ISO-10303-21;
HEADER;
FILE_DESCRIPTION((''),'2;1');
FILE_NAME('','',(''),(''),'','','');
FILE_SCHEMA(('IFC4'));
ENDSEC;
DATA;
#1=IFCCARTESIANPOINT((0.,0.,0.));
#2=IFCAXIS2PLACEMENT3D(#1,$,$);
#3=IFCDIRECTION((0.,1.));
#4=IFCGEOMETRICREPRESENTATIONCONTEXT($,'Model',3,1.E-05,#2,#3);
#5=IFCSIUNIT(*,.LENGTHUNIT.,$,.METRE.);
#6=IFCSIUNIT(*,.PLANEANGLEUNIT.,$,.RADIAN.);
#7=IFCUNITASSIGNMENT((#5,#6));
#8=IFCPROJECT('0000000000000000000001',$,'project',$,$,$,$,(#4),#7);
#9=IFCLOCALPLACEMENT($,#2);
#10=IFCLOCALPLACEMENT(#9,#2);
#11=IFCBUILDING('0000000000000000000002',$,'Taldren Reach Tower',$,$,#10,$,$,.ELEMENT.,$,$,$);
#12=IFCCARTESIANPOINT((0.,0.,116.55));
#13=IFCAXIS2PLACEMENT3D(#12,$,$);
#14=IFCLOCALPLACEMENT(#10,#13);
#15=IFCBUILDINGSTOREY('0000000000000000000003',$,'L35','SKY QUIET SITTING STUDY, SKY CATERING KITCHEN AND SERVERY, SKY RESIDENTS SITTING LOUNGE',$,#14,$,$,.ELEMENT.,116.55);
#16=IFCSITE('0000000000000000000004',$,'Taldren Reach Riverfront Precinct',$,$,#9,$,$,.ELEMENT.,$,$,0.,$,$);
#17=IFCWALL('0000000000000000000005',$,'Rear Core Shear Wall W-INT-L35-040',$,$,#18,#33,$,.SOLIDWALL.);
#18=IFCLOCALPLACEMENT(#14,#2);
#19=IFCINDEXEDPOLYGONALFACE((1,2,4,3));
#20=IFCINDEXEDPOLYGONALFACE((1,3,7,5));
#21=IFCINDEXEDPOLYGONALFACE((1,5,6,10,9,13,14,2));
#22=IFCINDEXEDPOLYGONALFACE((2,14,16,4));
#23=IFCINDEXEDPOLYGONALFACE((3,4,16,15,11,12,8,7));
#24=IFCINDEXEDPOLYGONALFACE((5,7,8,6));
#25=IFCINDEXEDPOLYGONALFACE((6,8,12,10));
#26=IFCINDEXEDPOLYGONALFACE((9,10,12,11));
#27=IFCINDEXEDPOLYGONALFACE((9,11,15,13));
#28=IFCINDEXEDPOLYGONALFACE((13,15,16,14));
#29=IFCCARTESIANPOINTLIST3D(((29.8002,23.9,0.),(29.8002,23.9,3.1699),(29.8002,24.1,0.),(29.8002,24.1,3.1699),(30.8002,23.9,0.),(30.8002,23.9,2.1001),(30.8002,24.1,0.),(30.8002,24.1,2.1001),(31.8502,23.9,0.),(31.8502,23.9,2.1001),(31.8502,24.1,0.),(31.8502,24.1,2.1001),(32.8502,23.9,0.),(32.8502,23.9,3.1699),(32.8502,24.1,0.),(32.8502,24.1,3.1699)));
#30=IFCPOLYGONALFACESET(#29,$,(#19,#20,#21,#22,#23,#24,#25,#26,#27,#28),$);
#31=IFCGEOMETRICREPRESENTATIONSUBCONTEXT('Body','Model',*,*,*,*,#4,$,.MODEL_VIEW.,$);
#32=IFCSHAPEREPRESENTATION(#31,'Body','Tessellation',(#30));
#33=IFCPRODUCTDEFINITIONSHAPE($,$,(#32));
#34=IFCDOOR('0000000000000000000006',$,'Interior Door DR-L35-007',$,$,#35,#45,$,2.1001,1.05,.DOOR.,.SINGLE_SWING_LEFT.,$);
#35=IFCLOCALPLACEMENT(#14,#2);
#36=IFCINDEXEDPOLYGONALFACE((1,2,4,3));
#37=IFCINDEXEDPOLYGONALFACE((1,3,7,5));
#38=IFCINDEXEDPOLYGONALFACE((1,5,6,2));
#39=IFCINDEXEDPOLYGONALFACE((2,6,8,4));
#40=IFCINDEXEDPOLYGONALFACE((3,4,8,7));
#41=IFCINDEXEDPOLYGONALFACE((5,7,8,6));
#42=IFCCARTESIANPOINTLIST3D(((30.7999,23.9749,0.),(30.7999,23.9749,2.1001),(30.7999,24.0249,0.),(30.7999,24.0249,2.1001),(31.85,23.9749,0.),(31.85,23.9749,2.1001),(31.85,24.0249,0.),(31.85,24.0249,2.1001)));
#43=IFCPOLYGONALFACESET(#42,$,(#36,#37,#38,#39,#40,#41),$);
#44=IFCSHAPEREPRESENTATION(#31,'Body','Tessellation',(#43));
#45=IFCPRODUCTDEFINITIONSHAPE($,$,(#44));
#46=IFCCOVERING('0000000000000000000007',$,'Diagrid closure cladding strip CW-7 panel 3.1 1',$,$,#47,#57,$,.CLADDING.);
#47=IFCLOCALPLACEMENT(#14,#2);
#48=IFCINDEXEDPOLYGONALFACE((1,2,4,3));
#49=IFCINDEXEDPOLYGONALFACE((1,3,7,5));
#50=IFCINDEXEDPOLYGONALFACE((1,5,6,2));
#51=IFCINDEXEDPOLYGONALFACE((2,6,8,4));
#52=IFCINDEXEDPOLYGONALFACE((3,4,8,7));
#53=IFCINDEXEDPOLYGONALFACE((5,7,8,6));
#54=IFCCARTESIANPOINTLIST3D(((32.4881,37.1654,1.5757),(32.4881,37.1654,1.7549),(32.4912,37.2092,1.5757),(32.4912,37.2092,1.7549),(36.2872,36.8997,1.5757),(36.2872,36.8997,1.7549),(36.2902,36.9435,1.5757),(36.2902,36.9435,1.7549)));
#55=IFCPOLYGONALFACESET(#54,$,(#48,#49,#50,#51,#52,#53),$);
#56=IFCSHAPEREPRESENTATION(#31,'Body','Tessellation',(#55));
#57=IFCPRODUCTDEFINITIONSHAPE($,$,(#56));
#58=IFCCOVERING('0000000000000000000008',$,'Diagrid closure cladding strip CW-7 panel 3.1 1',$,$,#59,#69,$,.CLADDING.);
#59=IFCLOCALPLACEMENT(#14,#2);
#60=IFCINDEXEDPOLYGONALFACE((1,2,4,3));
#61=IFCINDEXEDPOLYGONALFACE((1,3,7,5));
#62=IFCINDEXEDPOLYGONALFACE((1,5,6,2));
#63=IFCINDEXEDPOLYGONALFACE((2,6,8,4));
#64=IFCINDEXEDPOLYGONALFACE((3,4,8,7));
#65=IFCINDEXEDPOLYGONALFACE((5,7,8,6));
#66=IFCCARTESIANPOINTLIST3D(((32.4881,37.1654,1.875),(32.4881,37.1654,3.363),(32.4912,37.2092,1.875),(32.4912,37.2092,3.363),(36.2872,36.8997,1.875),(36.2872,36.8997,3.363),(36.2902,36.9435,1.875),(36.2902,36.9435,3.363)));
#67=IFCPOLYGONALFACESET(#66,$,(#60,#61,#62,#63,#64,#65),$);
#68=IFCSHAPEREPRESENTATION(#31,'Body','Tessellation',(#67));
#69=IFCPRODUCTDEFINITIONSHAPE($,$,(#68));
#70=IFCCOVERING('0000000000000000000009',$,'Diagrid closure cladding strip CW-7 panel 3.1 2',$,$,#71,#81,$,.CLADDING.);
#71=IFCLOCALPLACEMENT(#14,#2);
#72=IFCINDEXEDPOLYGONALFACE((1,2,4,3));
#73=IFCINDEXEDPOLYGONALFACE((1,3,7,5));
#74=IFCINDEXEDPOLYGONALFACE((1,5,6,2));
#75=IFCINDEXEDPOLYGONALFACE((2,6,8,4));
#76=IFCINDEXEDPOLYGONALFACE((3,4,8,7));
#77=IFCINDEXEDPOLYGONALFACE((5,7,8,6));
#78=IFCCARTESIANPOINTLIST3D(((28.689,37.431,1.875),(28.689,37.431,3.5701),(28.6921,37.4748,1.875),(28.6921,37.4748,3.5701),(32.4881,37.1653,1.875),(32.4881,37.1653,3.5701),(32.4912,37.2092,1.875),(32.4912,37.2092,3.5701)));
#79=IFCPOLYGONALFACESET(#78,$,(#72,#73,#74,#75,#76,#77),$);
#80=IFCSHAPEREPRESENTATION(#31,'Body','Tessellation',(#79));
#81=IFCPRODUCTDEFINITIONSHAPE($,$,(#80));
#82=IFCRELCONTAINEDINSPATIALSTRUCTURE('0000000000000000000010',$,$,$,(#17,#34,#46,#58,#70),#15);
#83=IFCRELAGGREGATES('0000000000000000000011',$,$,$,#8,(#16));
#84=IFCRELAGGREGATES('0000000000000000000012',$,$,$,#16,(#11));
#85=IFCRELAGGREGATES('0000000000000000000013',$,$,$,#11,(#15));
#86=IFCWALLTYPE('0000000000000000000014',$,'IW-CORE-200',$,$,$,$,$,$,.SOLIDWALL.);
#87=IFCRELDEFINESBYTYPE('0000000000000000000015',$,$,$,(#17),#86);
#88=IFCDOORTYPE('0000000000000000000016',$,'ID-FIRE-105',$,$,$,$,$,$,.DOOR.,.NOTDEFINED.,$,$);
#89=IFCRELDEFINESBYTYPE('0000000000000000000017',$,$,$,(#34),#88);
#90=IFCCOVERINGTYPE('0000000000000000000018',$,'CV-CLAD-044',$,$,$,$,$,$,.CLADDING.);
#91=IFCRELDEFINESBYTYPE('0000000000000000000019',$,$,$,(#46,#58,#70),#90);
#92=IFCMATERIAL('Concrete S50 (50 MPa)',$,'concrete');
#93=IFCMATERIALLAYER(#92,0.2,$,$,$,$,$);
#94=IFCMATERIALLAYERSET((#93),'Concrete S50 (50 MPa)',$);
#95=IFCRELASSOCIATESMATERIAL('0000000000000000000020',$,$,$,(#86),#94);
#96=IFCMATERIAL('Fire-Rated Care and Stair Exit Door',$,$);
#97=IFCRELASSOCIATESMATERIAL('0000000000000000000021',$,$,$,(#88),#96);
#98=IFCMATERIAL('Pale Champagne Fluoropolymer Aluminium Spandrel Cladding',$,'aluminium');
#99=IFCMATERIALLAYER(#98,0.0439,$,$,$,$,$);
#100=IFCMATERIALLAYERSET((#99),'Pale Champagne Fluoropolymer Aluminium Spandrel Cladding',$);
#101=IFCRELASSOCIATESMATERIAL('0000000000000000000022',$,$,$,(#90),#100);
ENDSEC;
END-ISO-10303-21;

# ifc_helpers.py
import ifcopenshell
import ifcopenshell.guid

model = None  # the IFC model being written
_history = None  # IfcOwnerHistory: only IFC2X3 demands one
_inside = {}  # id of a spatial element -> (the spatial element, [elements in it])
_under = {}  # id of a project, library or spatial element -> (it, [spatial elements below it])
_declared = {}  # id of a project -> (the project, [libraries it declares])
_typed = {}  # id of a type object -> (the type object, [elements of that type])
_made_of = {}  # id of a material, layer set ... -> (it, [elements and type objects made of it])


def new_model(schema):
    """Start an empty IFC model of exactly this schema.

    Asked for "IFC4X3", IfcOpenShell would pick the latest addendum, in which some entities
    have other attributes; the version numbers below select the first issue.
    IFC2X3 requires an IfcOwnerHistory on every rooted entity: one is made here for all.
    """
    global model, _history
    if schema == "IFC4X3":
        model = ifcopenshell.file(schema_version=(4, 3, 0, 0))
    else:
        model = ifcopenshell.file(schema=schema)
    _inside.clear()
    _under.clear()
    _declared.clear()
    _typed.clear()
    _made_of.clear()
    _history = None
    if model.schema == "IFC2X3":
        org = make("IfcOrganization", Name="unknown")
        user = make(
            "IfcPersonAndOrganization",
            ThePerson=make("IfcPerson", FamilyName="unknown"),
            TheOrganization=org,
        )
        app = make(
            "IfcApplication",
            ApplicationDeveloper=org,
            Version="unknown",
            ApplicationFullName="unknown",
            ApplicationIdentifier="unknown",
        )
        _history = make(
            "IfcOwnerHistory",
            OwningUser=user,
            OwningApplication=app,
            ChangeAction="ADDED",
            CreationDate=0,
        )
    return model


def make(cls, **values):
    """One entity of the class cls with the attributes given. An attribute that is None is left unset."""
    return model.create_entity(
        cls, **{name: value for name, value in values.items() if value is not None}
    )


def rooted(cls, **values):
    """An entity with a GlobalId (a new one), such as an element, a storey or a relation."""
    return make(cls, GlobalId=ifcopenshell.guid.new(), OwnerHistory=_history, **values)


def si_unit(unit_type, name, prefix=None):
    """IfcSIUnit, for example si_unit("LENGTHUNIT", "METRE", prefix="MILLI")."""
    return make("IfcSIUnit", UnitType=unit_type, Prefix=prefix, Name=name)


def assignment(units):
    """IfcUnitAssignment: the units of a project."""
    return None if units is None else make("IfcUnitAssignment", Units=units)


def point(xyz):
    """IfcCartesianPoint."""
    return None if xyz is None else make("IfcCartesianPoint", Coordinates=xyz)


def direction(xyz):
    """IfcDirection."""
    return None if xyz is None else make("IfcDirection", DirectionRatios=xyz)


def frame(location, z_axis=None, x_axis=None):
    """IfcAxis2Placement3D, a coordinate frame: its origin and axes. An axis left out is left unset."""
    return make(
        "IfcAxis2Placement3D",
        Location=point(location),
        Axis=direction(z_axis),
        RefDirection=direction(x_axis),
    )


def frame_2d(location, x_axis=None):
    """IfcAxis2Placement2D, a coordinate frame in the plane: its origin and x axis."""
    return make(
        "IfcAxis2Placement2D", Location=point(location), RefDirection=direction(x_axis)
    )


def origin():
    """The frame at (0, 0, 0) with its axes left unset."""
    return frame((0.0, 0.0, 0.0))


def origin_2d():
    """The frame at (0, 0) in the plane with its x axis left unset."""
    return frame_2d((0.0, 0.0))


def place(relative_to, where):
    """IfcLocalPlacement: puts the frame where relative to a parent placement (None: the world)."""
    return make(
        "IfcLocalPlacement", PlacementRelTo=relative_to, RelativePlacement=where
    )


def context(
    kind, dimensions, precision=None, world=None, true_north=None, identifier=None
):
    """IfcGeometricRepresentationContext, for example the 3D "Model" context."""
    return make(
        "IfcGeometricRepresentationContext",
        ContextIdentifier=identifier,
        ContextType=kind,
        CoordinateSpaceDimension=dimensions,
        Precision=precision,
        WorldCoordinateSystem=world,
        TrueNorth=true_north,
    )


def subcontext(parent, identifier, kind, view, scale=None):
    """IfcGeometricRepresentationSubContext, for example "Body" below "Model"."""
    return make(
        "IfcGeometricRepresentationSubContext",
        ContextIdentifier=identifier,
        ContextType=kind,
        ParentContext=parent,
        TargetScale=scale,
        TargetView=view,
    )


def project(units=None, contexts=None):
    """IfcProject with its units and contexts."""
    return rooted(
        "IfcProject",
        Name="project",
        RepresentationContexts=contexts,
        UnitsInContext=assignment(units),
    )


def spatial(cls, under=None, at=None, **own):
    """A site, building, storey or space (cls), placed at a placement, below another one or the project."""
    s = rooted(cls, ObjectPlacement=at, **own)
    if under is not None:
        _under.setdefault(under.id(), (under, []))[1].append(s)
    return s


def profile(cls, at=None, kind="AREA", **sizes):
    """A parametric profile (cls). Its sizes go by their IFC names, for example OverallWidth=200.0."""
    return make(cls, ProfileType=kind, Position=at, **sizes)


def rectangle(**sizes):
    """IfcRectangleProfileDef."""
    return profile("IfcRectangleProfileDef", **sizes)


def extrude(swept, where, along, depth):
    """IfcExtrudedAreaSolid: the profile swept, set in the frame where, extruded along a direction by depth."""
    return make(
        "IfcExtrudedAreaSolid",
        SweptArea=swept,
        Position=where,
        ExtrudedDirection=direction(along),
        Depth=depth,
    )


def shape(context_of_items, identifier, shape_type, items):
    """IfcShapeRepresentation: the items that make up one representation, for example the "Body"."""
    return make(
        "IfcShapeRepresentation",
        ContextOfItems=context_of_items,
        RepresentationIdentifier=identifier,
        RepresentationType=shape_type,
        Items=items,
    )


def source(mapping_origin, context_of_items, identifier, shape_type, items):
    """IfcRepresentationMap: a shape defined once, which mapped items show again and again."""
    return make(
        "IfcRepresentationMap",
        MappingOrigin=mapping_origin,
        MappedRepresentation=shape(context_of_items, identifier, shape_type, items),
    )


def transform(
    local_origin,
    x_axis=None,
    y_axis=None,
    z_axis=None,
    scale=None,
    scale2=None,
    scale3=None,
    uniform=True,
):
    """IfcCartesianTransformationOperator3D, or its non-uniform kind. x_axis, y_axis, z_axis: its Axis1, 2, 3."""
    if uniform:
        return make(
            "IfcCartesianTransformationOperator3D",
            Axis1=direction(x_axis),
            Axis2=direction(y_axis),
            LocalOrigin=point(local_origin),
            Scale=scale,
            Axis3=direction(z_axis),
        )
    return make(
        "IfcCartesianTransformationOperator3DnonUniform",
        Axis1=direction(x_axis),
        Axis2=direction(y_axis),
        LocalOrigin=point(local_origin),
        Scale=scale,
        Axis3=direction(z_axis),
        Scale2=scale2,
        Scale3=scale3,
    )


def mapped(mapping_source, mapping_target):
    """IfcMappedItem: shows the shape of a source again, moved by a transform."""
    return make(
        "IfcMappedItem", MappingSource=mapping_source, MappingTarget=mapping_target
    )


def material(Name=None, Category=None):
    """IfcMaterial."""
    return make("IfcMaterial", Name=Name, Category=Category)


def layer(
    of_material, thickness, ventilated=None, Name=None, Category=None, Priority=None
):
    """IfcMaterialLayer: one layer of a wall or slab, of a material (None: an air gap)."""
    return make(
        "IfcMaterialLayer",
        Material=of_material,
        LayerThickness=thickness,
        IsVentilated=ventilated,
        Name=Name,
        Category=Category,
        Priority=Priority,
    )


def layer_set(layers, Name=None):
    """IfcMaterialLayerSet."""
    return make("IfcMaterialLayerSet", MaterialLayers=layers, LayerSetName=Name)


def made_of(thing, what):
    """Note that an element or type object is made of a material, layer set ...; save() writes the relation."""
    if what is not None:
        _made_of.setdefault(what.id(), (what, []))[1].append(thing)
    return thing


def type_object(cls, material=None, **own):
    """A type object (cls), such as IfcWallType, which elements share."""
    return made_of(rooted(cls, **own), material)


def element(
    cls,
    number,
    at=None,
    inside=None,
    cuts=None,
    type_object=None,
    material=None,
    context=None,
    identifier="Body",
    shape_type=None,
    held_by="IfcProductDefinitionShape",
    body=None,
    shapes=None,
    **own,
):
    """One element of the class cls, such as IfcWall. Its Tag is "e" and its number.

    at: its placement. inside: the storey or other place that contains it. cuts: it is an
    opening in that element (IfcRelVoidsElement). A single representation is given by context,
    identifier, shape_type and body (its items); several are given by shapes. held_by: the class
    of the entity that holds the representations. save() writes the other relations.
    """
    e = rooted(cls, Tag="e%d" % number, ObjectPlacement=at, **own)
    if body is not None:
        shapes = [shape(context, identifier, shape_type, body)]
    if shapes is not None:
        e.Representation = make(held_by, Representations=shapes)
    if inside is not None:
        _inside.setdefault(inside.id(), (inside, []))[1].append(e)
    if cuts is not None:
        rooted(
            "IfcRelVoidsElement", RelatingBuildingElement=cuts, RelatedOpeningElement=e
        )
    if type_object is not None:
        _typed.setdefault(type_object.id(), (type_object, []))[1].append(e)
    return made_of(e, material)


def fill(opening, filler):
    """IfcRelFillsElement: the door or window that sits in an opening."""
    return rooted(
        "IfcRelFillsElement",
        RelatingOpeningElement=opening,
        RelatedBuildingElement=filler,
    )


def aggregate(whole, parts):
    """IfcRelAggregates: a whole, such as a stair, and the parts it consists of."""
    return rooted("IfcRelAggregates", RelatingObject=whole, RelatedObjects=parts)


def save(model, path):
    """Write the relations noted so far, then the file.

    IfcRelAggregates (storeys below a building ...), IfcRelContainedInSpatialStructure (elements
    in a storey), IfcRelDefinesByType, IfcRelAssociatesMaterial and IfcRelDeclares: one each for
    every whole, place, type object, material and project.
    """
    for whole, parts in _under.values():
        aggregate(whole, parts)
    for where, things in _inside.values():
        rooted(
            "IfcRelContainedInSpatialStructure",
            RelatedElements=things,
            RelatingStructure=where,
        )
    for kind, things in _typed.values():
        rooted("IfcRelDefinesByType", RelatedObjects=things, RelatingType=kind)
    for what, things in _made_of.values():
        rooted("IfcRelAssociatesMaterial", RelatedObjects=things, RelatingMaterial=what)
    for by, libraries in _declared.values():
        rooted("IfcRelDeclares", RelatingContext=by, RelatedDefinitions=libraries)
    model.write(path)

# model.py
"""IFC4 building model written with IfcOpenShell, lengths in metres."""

from ifc_helpers import new_model, si_unit, direction, frame, frame_2d, origin, origin_2d, place, context, subcontext, project, spatial, rectangle, extrude, source, transform, mapped, material, layer, layer_set, type_object, element, fill, save


model = new_model("IFC4")

# Units and contexts
model_context = context("Model", 3, precision=1e-05, world=origin(), true_north=direction((0.0, 1.0)))
body_context = subcontext(model_context, "Body", "Model", "MODEL_VIEW")
ifc_project = project(units=[si_unit("LENGTHUNIT", "METRE"), si_unit("PLANEANGLEUNIT", "RADIAN")], contexts=[model_context])

# Site, building, storey
site_placement = place(None, origin())
site = spatial("IfcSite", under=ifc_project, at=site_placement, Name="Taldren Reach Riverfront Precinct", CompositionType="ELEMENT", RefElevation=0.0)
building_placement = place(site_placement, origin())
building = spatial("IfcBuilding", under=site, at=building_placement, Name="Taldren Reach Tower", CompositionType="ELEMENT")
storey_placement = place(building_placement, frame((0.0, 0.0, 116.55)))
storey = spatial("IfcBuildingStorey", under=building, at=storey_placement, Name="L35", Description="SKY QUIET SITTING STUDY, SKY CATERING KITCHEN AND SERVERY, SKY RESIDENTS SITTING LOUNGE", CompositionType="ELEMENT", Elevation=116.55)

# Shared definitions
ifc_material_1 = material(Name="Concrete S50 (50 MPa)", Category="concrete")
ifc_layer_1 = layer(ifc_material_1, 0.2)
ifc_layer_set_1 = layer_set([ifc_layer_1], Name="Concrete S50 (50 MPa)")
wall_type_1 = type_object("IfcWallType", Name="IW-CORE-200", PredefinedType="SOLIDWALL", material=ifc_layer_set_1)

# Wall, opening, door
shared_shape_1 = source(origin(), body_context, "Body", "SweptSolid", [
    extrude(rectangle(XDim=3.05, YDim=0.2, at=frame_2d((1.5249, 0.0))), origin(), (0.0, 0.0, 1.0), 3.1699),
])
wall_1_placement = place(storey_placement, frame((32.8501, 24.0, 0.0), z_axis=(0.0, 0.0, 1.0), x_axis=(-1.0, 0.0, 0.0)))
wall_1 = element("IfcWall", 1, at=wall_1_placement, inside=storey, type_object=wall_type_1, Name="Rear Core Shear Wall W-INT-L35-040", PredefinedType="SOLIDWALL", context=body_context, shape_type="MappedRepresentation", body=[
    mapped(shared_shape_1, transform((0.0, 0.0, 0.0), scale=1.0)),
])
shared_shape_2 = source(origin(), body_context, "Body", "SweptSolid", [
    extrude(rectangle(XDim=1.05, YDim=2.1001, at=frame_2d((0.5249, 1.05))), frame((0.0, 0.1099, 0.0), z_axis=(0.0, -1.0, 0.0), x_axis=(1.0, 0.0, 0.0)), (0.0, 0.0, 1.0), 0.22),
])
opening_1_placement = place(wall_1_placement, frame((1.0, 0.0, 0.0)))
opening_1 = element("IfcOpeningElement", 2, at=opening_1_placement, cuts=wall_1, PredefinedType="OPENING", context=body_context, shape_type="MappedRepresentation", body=[
    mapped(shared_shape_2, transform((0.0, 0.0, 0.0), scale=1.0)),
])
ifc_material_2 = material(Name="Fire-Rated Care and Stair Exit Door")
door_type_1 = type_object("IfcDoorType", Name="ID-FIRE-105", OperationType="NOTDEFINED", PredefinedType="DOOR", material=ifc_material_2)
shared_shape_3 = source(origin(), body_context, "Body", "SweptSolid", [
    extrude(rectangle(XDim=1.05, YDim=2.1001, at=frame_2d((0.5249, 1.05))), frame((0.0, 0.0249, 0.0), z_axis=(0.0, -1.0, 0.0), x_axis=(1.0, 0.0, 0.0)), (0.0, 0.0, 1.0), 0.05),
])
door_1_placement = place(opening_1_placement, frame((1.05, 0.0, 0.0), z_axis=(0.0, 0.0, 1.0), x_axis=(-1.0, 0.0, 0.0)))
door_1 = element("IfcDoor", 3, at=door_1_placement, inside=storey, type_object=door_type_1, Name="Interior Door DR-L35-007", OperationType="SINGLE_SWING_LEFT", OverallHeight=2.1001, OverallWidth=1.05, PredefinedType="DOOR", context=body_context, shape_type="MappedRepresentation", body=[
    mapped(shared_shape_3, transform((0.0, 0.0, 0.0), scale=1.0)),
])
fill(opening_1, door_1)

# Coverings
ifc_material_3 = material(Name="Pale Champagne Fluoropolymer Aluminium Spandrel Cladding", Category="aluminium")
ifc_layer_2 = layer(ifc_material_3, 0.0439)
ifc_layer_set_2 = layer_set([ifc_layer_2], Name="Pale Champagne Fluoropolymer Aluminium Spandrel Cladding")
covering_type = type_object("IfcCoveringType", Name="CV-CLAD-044", PredefinedType="CLADDING", material=ifc_layer_set_2)
shared_shape_4 = source(origin(), body_context, "Body", "SweptSolid", [
    extrude(rectangle(XDim=3.8083, YDim=0.0439, at=origin_2d()), origin(), (0.0, 0.0, 1.0), 0.1792),
])
covering_1_placement = place(storey_placement, frame((34.3892, 37.0544, 1.5757), z_axis=(0.0, 0.0, 1.0), x_axis=(-0.997564, 0.069757, 0.0)))
element("IfcCovering", 4, at=covering_1_placement, inside=storey, type_object=covering_type, Name="Diagrid closure cladding strip CW-7 panel 3.1 1", PredefinedType="CLADDING", context=body_context, shape_type="MappedRepresentation", body=[
    mapped(shared_shape_4, transform((0.0, 0.0, 0.0), scale=1.0)),
])
shared_shape_5 = source(origin(), body_context, "Body", "SweptSolid", [
    extrude(rectangle(XDim=3.8083, YDim=0.0439, at=origin_2d()), origin(), (0.0, 0.0, 1.0), 1.488),
])
covering_2_placement = place(storey_placement, frame((34.3892, 37.0544, 1.875), z_axis=(0.0, 0.0, 1.0), x_axis=(-0.997564, 0.069757, 0.0)))
element("IfcCovering", 5, at=covering_2_placement, inside=storey, type_object=covering_type, Name="Diagrid closure cladding strip CW-7 panel 3.1 1", PredefinedType="CLADDING", context=body_context, shape_type="MappedRepresentation", body=[
    mapped(shared_shape_5, transform((0.0, 0.0, 0.0), scale=1.0)),
])
shared_shape_6 = source(origin(), body_context, "Body", "SweptSolid", [
    extrude(rectangle(XDim=3.8083, YDim=0.0439, at=origin_2d()), origin(), (0.0, 0.0, 1.0), 1.6951),
])
covering_3_placement = place(storey_placement, frame((30.5901, 37.3201, 1.875), z_axis=(0.0, 0.0, 1.0), x_axis=(-0.997564, 0.069757, 0.0)))
element("IfcCovering", 6, at=covering_3_placement, inside=storey, type_object=covering_type, Name="Diagrid closure cladding strip CW-7 panel 3.1 2", PredefinedType="CLADDING", context=body_context, shape_type="MappedRepresentation", body=[
    mapped(shared_shape_6, transform((0.0, 0.0, 0.0), scale=1.0)),
])

save(model, "model.ifc")
